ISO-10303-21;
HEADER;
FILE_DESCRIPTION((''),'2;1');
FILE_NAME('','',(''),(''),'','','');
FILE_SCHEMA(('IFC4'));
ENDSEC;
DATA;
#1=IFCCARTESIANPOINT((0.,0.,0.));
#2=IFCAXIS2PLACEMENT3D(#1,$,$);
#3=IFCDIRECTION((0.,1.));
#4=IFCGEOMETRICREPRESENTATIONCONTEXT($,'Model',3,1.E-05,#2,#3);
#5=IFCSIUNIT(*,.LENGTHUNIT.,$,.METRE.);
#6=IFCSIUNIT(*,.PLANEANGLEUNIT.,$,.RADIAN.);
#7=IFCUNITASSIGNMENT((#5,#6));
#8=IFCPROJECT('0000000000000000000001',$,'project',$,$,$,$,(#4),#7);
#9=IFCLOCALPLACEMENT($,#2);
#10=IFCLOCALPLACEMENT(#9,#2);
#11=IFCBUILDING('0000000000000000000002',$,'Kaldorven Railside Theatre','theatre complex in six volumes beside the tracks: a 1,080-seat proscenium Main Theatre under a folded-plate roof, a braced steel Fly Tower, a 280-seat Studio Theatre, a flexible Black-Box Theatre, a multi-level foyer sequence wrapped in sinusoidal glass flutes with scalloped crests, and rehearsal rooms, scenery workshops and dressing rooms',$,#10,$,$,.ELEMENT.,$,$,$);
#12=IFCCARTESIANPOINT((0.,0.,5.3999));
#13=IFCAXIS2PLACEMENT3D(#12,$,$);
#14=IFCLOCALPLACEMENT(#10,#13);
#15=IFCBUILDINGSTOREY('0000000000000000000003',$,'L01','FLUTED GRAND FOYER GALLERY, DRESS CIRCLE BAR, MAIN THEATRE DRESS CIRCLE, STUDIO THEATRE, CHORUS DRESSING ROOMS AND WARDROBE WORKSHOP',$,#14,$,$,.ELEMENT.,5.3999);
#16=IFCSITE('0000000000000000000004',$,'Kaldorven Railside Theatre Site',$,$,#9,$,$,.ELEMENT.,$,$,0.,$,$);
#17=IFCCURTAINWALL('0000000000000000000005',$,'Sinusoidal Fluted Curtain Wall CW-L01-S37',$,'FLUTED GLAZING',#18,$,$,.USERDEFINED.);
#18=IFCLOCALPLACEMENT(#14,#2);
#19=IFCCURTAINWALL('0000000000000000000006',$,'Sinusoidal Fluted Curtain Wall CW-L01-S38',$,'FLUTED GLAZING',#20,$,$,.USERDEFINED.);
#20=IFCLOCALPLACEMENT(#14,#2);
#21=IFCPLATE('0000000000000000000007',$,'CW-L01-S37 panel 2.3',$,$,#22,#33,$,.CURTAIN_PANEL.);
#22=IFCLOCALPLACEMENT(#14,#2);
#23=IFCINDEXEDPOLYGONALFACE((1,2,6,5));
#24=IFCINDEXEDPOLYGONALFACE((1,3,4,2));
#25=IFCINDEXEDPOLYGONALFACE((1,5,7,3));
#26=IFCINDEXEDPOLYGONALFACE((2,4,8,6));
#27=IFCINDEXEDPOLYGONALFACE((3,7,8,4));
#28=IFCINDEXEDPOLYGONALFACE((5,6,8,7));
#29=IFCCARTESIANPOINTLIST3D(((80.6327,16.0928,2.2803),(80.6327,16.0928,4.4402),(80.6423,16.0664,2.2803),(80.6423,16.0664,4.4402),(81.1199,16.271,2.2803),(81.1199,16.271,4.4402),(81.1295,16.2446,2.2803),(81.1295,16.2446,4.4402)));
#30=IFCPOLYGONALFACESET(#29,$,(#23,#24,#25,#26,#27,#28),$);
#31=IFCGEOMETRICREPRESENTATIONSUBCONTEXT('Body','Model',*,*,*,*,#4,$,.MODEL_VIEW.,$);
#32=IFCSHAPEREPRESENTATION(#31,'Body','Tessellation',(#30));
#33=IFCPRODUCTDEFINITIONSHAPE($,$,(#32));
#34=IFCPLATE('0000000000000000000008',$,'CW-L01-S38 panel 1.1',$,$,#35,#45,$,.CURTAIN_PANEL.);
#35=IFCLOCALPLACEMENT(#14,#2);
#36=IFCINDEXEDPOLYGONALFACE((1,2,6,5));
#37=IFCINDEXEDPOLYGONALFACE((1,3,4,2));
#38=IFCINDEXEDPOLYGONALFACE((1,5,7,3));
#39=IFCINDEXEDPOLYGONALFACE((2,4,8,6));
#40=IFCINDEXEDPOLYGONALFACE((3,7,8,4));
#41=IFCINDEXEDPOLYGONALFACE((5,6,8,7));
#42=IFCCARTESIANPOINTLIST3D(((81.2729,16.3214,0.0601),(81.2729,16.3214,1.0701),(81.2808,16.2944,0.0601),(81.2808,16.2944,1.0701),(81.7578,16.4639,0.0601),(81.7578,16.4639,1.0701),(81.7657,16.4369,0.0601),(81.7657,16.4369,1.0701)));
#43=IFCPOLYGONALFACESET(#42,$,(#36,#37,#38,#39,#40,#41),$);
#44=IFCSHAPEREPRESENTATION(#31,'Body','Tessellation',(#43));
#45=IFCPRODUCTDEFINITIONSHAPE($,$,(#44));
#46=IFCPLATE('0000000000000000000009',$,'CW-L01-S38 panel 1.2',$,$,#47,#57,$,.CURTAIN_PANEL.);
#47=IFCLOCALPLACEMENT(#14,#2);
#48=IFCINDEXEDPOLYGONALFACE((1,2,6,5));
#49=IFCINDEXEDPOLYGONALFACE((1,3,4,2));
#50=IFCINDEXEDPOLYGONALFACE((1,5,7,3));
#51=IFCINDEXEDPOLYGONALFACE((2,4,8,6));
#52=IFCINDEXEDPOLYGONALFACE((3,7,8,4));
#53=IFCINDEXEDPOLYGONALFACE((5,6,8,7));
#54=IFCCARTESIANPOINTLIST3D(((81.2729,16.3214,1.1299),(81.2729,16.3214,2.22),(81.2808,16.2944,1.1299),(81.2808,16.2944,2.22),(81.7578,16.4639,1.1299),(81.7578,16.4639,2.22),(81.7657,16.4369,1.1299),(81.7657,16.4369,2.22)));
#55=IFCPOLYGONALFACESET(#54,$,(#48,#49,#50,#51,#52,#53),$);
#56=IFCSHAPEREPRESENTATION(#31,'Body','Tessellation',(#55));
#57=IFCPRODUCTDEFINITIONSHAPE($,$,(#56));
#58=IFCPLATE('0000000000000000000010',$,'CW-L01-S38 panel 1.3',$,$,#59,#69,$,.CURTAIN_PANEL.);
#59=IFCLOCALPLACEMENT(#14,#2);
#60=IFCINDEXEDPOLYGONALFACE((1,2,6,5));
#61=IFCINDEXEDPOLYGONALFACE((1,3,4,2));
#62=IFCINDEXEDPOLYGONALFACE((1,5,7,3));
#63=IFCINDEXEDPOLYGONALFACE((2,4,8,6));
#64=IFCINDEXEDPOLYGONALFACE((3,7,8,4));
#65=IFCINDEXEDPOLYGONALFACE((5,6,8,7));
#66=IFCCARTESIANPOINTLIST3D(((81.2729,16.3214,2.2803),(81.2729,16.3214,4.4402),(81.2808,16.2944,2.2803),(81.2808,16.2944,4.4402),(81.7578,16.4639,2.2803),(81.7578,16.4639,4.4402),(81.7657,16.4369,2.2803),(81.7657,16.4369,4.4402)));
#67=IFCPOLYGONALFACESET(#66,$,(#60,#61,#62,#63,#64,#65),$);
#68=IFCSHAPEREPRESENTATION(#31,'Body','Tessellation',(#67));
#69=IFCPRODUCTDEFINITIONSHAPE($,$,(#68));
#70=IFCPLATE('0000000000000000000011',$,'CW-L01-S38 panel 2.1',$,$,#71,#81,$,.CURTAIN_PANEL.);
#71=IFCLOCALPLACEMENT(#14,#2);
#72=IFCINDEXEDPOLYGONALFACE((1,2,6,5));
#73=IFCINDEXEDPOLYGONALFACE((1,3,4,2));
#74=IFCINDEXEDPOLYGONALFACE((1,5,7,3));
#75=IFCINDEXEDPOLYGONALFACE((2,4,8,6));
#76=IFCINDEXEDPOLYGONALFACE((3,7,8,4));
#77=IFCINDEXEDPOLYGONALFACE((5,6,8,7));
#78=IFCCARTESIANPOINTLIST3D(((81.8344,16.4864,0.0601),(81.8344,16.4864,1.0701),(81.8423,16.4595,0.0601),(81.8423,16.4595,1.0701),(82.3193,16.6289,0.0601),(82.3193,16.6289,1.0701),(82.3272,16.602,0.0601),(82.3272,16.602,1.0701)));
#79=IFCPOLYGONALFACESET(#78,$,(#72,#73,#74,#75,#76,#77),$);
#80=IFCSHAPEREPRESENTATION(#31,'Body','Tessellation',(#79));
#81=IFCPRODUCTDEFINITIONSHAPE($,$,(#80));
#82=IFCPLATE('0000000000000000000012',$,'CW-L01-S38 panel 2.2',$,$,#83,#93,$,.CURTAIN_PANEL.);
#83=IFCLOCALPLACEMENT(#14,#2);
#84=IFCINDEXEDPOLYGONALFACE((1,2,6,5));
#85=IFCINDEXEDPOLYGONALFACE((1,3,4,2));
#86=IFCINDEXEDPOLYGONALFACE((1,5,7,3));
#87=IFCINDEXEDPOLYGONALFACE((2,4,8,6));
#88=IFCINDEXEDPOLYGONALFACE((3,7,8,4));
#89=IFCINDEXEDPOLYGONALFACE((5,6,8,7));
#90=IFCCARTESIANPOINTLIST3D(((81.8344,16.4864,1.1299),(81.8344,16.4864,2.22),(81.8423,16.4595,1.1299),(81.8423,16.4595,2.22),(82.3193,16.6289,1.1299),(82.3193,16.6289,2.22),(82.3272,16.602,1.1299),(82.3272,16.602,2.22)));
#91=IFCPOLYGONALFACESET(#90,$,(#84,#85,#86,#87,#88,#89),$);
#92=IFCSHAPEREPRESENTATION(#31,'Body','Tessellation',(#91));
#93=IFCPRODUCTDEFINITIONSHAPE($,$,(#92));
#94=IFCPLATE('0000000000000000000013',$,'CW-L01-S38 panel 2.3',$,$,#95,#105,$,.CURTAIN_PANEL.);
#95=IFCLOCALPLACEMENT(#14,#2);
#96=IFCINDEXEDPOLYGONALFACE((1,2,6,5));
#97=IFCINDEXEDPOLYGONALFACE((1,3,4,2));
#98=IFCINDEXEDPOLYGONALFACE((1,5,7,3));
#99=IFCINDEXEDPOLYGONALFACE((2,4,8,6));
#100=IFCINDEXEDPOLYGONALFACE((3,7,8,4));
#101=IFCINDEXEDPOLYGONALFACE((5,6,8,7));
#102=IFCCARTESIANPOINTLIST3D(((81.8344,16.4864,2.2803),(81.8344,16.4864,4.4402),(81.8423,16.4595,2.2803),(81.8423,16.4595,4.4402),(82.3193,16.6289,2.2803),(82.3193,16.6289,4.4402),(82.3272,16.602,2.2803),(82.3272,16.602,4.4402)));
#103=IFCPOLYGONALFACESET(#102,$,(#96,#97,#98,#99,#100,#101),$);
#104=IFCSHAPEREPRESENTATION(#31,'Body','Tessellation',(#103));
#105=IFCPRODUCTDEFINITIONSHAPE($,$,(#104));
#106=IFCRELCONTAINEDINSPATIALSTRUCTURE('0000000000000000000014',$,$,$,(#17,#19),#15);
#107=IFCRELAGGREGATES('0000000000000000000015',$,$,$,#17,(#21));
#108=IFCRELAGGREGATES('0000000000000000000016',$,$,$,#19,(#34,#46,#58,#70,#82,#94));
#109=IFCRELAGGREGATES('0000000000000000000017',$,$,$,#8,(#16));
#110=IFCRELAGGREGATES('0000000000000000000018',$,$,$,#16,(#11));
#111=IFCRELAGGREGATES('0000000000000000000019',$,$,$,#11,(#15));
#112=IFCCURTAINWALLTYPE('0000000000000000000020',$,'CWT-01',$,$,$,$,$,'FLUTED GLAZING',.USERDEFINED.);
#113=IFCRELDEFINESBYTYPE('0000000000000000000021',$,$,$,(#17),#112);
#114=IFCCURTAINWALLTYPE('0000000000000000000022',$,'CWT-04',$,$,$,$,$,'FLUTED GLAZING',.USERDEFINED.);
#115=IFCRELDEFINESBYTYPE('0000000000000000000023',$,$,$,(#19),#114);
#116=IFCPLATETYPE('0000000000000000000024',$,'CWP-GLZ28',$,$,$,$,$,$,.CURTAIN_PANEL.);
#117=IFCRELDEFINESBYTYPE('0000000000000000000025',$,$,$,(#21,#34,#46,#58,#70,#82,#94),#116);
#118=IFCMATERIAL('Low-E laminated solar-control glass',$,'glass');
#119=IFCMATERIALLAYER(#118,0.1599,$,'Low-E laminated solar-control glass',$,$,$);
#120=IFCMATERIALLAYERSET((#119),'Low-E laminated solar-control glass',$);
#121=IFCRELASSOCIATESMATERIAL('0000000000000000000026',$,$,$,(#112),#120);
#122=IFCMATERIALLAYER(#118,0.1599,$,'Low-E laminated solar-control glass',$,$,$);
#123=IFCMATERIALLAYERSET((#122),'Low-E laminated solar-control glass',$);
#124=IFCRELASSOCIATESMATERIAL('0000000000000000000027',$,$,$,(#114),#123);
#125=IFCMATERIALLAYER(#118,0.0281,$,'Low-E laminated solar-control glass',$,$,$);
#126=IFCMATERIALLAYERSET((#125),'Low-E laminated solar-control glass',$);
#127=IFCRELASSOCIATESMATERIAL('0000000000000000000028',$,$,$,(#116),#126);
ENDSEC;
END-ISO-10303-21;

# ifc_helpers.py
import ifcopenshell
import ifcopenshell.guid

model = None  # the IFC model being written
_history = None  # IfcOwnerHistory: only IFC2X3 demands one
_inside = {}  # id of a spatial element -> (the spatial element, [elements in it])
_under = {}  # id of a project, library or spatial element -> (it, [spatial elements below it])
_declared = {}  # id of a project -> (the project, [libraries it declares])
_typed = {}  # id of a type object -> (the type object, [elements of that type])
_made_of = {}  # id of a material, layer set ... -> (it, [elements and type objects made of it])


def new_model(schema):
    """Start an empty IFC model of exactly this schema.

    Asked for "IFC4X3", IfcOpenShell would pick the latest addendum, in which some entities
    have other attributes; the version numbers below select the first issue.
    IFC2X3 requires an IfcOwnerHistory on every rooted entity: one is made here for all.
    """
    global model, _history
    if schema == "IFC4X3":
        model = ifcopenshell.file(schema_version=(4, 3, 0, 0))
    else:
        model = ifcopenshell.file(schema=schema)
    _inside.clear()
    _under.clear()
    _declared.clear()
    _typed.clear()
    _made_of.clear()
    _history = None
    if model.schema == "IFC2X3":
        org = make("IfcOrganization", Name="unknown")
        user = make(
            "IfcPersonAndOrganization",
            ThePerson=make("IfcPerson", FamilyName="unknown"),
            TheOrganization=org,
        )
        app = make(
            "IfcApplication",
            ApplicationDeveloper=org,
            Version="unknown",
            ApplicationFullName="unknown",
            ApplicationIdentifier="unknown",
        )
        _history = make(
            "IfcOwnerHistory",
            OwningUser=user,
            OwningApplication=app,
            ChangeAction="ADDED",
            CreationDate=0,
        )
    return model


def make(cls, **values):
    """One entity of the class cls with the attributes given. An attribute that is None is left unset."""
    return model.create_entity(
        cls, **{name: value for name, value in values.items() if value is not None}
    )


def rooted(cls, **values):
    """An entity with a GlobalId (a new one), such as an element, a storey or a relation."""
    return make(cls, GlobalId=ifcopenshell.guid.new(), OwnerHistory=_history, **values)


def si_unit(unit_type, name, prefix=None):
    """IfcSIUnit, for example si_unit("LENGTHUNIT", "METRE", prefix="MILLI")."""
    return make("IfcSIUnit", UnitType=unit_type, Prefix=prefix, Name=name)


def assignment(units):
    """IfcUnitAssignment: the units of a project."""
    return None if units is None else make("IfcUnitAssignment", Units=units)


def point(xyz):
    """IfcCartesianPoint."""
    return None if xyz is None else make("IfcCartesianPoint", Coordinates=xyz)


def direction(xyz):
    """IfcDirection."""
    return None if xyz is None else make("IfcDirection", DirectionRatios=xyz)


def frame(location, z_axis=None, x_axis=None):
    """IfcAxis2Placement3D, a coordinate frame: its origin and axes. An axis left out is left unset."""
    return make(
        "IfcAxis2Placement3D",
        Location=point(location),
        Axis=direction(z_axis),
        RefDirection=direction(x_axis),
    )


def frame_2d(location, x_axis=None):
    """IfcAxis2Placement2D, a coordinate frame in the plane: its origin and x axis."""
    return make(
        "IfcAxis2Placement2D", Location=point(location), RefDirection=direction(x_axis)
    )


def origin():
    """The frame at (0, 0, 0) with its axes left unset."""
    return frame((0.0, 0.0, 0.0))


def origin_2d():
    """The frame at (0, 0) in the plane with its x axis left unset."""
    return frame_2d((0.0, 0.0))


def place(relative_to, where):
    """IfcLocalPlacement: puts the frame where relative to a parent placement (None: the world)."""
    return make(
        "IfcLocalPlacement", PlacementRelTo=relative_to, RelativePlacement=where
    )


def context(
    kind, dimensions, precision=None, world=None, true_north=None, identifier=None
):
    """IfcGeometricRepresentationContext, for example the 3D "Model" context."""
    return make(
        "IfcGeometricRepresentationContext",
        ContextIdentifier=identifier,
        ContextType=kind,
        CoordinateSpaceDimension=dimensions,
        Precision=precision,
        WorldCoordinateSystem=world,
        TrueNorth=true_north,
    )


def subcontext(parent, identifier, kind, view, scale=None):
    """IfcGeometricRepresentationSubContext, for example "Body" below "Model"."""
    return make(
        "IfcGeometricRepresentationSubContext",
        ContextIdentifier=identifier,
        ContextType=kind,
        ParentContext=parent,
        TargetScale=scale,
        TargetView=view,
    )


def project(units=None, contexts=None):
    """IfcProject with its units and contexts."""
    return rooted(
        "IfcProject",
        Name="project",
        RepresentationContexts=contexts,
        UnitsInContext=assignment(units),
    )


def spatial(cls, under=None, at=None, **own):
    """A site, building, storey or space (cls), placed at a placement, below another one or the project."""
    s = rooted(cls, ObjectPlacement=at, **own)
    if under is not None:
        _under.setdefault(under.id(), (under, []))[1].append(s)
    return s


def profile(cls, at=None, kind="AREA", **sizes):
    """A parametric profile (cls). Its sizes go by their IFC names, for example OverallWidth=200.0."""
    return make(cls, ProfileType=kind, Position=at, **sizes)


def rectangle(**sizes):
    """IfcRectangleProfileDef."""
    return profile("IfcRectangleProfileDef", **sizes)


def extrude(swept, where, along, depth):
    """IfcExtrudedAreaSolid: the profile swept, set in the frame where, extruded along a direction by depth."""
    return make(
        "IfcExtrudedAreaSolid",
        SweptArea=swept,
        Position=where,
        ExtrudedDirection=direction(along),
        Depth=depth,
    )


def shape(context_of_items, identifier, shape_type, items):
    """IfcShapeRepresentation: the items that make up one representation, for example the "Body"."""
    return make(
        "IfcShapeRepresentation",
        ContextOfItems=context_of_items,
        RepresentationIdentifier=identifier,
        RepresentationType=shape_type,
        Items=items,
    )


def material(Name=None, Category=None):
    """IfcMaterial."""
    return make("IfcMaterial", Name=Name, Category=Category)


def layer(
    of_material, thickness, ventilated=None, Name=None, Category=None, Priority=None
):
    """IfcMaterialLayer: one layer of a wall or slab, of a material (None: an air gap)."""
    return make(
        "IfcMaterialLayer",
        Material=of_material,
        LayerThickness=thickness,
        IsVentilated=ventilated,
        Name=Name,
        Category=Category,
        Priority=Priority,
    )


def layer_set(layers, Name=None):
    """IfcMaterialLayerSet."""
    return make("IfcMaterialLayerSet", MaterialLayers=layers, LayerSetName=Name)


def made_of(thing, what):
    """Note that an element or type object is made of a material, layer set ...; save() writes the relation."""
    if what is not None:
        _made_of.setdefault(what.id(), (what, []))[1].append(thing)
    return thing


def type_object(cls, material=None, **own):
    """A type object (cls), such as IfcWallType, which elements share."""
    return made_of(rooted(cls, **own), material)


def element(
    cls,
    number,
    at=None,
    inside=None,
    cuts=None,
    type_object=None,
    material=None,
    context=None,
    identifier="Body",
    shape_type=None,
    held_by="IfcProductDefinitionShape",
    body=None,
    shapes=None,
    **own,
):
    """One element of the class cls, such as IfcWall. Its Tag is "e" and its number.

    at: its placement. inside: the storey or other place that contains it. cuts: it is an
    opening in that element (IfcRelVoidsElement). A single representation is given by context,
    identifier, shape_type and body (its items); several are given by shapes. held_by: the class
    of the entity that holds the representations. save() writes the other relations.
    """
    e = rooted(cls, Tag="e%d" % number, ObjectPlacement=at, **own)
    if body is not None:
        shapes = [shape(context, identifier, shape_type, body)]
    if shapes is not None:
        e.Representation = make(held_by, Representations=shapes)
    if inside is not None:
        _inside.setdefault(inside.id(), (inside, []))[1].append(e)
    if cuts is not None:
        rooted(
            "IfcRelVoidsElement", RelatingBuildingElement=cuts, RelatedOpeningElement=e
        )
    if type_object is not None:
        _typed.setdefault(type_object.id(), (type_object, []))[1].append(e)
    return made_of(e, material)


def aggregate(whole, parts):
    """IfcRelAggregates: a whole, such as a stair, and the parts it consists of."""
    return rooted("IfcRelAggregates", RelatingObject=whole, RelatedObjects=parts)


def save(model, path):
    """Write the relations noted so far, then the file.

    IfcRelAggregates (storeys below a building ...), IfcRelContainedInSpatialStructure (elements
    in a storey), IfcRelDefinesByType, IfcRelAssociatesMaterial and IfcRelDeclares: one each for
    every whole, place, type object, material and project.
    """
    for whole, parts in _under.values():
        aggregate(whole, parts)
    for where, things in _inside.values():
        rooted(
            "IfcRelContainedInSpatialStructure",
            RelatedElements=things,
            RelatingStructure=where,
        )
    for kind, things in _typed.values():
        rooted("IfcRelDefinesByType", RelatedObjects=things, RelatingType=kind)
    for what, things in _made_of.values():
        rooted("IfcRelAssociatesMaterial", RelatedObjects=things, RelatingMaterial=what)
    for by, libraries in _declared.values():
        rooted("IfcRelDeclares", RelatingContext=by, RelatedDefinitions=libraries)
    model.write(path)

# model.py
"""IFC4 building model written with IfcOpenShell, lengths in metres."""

from ifc_helpers import new_model, si_unit, direction, frame, origin, origin_2d, place, context, subcontext, project, spatial, rectangle, extrude, material, layer, layer_set, type_object, element, aggregate, save


model = new_model("IFC4")

# Units and contexts
model_context = context("Model", 3, precision=1e-05, world=origin(), true_north=direction((0.0, 1.0)))
body_context = subcontext(model_context, "Body", "Model", "MODEL_VIEW")
ifc_project = project(units=[si_unit("LENGTHUNIT", "METRE"), si_unit("PLANEANGLEUNIT", "RADIAN")], contexts=[model_context])

# Site, building, storey
site_placement = place(None, origin())
site = spatial("IfcSite", under=ifc_project, at=site_placement, Name="Kaldorven Railside Theatre Site", CompositionType="ELEMENT", RefElevation=0.0)
building_placement = place(site_placement, origin())
building = spatial("IfcBuilding", under=site, at=building_placement, Name="Kaldorven Railside Theatre", Description="theatre complex in six volumes beside the tracks: a 1,080-seat proscenium Main Theatre under a folded-plate roof, a braced steel Fly Tower, a 280-seat Studio Theatre, a flexible Black-Box Theatre, a multi-level foyer sequence wrapped in sinusoidal glass flutes with scalloped crests, and rehearsal rooms, scenery workshops and dressing rooms", CompositionType="ELEMENT")
storey_placement = place(building_placement, frame((0.0, 0.0, 5.3999)))
storey = spatial("IfcBuildingStorey", under=building, at=storey_placement, Name="L01", Description="FLUTED GRAND FOYER GALLERY, DRESS CIRCLE BAR, MAIN THEATRE DRESS CIRCLE, STUDIO THEATRE, CHORUS DRESSING ROOMS AND WARDROBE WORKSHOP", CompositionType="ELEMENT", Elevation=5.3999)

# Curtain wall
ifc_material_1 = material(Name="Low-E laminated solar-control glass", Category="glass")
ifc_layer_1 = layer(ifc_material_1, 0.1599, Name="Low-E laminated solar-control glass")
ifc_layer_set_1 = layer_set([ifc_layer_1], Name="Low-E laminated solar-control glass")
curtain_wall_type_1 = type_object("IfcCurtainWallType", Name="CWT-01", ElementType="FLUTED GLAZING", PredefinedType="USERDEFINED", material=ifc_layer_set_1)
curtain_wall_1_placement = place(storey_placement, origin())
curtain_wall_1 = element("IfcCurtainWall", 1, at=curtain_wall_1_placement, inside=storey, type_object=curtain_wall_type_1, Name="Sinusoidal Fluted Curtain Wall CW-L01-S37", ObjectType="FLUTED GLAZING", PredefinedType="USERDEFINED")

# Curtain wall
ifc_layer_2 = layer(ifc_material_1, 0.1599, Name="Low-E laminated solar-control glass")
ifc_layer_set_2 = layer_set([ifc_layer_2], Name="Low-E laminated solar-control glass")
curtain_wall_type_2 = type_object("IfcCurtainWallType", Name="CWT-04", ElementType="FLUTED GLAZING", PredefinedType="USERDEFINED", material=ifc_layer_set_2)
curtain_wall_2_placement = place(storey_placement, origin())
curtain_wall_2 = element("IfcCurtainWall", 2, at=curtain_wall_2_placement, inside=storey, type_object=curtain_wall_type_2, Name="Sinusoidal Fluted Curtain Wall CW-L01-S38", ObjectType="FLUTED GLAZING", PredefinedType="USERDEFINED")

# Plates
ifc_layer_3 = layer(ifc_material_1, 0.0281, Name="Low-E laminated solar-control glass")
ifc_layer_set_3 = layer_set([ifc_layer_3], Name="Low-E laminated solar-control glass")
plate_type = type_object("IfcPlateType", Name="CWP-GLZ28", PredefinedType="CURTAIN_PANEL", material=ifc_layer_set_3)
plate_1_placement = place(storey_placement, frame((80.8811, 16.1687, 2.2803), z_axis=(0.0, 0.0, 1.0), x_axis=(0.939154, 0.343496, 0.0)))
plate_1 = element("IfcPlate", 3, at=plate_1_placement, type_object=plate_type, Name="CW-L01-S37 panel 2.3", PredefinedType="CURTAIN_PANEL", context=body_context, shape_type="SweptSolid", body=[
    extrude(rectangle(XDim=0.5188, YDim=0.0281, at=origin_2d()), origin(), (0.0, 0.0, 1.0), 2.1599),
])
aggregate(curtain_wall_1, [plate_1])
plate_2_placement = place(storey_placement, frame((81.5193, 16.3792, 0.0601), z_axis=(0.0, 0.0, 1.0), x_axis=(0.959418, 0.281989, 0.0)))
plate_2 = element("IfcPlate", 4, at=plate_2_placement, type_object=plate_type, Name="CW-L01-S38 panel 1.1", PredefinedType="CURTAIN_PANEL", context=body_context, shape_type="SweptSolid", body=[
    extrude(rectangle(XDim=0.5054, YDim=0.0281, at=origin_2d()), origin(), (0.0, 0.0, 1.0), 1.01),
])
plate_3_placement = place(storey_placement, frame((81.5193, 16.3792, 1.1299), z_axis=(0.0, 0.0, 1.0), x_axis=(0.959418, 0.281989, 0.0)))
plate_3 = element("IfcPlate", 5, at=plate_3_placement, type_object=plate_type, Name="CW-L01-S38 panel 1.2", PredefinedType="CURTAIN_PANEL", context=body_context, shape_type="SweptSolid", body=[
    extrude(rectangle(XDim=0.5054, YDim=0.0281, at=origin_2d()), origin(), (0.0, 0.0, 1.0), 1.0901),
])
plate_4_placement = place(storey_placement, frame((81.5193, 16.3792, 2.2803), z_axis=(0.0, 0.0, 1.0), x_axis=(0.959418, 0.281989, 0.0)))
plate_4 = element("IfcPlate", 6, at=plate_4_placement, type_object=plate_type, Name="CW-L01-S38 panel 1.3", PredefinedType="CURTAIN_PANEL", context=body_context, shape_type="SweptSolid", body=[
    extrude(rectangle(XDim=0.5054, YDim=0.0281, at=origin_2d()), origin(), (0.0, 0.0, 1.0), 2.1599),
])
plate_5_placement = place(storey_placement, frame((82.0808, 16.5442, 0.0601), z_axis=(0.0, 0.0, 1.0), x_axis=(0.959418, 0.281989, 0.0)))
plate_5 = element("IfcPlate", 7, at=plate_5_placement, type_object=plate_type, Name="CW-L01-S38 panel 2.1", PredefinedType="CURTAIN_PANEL", context=body_context, shape_type="SweptSolid", body=[
    extrude(rectangle(XDim=0.5054, YDim=0.0281, at=origin_2d()), origin(), (0.0, 0.0, 1.0), 1.01),
])
plate_6_placement = place(storey_placement, frame((82.0808, 16.5442, 1.1299), z_axis=(0.0, 0.0, 1.0), x_axis=(0.959418, 0.281989, 0.0)))
plate_6 = element("IfcPlate", 8, at=plate_6_placement, type_object=plate_type, Name="CW-L01-S38 panel 2.2", PredefinedType="CURTAIN_PANEL", context=body_context, shape_type="SweptSolid", body=[
    extrude(rectangle(XDim=0.5054, YDim=0.0281, at=origin_2d()), origin(), (0.0, 0.0, 1.0), 1.0901),
])
plate_7_placement = place(storey_placement, frame((82.0808, 16.5442, 2.2803), z_axis=(0.0, 0.0, 1.0), x_axis=(0.959418, 0.281989, 0.0)))
plate_7 = element("IfcPlate", 9, at=plate_7_placement, type_object=plate_type, Name="CW-L01-S38 panel 2.3", PredefinedType="CURTAIN_PANEL", context=body_context, shape_type="SweptSolid", body=[
    extrude(rectangle(XDim=0.5054, YDim=0.0281, at=origin_2d()), origin(), (0.0, 0.0, 1.0), 2.1599),
])
aggregate(curtain_wall_2, [plate_2, plate_3, plate_4, plate_5, plate_6, plate_7])

save(model, "model.ifc")
